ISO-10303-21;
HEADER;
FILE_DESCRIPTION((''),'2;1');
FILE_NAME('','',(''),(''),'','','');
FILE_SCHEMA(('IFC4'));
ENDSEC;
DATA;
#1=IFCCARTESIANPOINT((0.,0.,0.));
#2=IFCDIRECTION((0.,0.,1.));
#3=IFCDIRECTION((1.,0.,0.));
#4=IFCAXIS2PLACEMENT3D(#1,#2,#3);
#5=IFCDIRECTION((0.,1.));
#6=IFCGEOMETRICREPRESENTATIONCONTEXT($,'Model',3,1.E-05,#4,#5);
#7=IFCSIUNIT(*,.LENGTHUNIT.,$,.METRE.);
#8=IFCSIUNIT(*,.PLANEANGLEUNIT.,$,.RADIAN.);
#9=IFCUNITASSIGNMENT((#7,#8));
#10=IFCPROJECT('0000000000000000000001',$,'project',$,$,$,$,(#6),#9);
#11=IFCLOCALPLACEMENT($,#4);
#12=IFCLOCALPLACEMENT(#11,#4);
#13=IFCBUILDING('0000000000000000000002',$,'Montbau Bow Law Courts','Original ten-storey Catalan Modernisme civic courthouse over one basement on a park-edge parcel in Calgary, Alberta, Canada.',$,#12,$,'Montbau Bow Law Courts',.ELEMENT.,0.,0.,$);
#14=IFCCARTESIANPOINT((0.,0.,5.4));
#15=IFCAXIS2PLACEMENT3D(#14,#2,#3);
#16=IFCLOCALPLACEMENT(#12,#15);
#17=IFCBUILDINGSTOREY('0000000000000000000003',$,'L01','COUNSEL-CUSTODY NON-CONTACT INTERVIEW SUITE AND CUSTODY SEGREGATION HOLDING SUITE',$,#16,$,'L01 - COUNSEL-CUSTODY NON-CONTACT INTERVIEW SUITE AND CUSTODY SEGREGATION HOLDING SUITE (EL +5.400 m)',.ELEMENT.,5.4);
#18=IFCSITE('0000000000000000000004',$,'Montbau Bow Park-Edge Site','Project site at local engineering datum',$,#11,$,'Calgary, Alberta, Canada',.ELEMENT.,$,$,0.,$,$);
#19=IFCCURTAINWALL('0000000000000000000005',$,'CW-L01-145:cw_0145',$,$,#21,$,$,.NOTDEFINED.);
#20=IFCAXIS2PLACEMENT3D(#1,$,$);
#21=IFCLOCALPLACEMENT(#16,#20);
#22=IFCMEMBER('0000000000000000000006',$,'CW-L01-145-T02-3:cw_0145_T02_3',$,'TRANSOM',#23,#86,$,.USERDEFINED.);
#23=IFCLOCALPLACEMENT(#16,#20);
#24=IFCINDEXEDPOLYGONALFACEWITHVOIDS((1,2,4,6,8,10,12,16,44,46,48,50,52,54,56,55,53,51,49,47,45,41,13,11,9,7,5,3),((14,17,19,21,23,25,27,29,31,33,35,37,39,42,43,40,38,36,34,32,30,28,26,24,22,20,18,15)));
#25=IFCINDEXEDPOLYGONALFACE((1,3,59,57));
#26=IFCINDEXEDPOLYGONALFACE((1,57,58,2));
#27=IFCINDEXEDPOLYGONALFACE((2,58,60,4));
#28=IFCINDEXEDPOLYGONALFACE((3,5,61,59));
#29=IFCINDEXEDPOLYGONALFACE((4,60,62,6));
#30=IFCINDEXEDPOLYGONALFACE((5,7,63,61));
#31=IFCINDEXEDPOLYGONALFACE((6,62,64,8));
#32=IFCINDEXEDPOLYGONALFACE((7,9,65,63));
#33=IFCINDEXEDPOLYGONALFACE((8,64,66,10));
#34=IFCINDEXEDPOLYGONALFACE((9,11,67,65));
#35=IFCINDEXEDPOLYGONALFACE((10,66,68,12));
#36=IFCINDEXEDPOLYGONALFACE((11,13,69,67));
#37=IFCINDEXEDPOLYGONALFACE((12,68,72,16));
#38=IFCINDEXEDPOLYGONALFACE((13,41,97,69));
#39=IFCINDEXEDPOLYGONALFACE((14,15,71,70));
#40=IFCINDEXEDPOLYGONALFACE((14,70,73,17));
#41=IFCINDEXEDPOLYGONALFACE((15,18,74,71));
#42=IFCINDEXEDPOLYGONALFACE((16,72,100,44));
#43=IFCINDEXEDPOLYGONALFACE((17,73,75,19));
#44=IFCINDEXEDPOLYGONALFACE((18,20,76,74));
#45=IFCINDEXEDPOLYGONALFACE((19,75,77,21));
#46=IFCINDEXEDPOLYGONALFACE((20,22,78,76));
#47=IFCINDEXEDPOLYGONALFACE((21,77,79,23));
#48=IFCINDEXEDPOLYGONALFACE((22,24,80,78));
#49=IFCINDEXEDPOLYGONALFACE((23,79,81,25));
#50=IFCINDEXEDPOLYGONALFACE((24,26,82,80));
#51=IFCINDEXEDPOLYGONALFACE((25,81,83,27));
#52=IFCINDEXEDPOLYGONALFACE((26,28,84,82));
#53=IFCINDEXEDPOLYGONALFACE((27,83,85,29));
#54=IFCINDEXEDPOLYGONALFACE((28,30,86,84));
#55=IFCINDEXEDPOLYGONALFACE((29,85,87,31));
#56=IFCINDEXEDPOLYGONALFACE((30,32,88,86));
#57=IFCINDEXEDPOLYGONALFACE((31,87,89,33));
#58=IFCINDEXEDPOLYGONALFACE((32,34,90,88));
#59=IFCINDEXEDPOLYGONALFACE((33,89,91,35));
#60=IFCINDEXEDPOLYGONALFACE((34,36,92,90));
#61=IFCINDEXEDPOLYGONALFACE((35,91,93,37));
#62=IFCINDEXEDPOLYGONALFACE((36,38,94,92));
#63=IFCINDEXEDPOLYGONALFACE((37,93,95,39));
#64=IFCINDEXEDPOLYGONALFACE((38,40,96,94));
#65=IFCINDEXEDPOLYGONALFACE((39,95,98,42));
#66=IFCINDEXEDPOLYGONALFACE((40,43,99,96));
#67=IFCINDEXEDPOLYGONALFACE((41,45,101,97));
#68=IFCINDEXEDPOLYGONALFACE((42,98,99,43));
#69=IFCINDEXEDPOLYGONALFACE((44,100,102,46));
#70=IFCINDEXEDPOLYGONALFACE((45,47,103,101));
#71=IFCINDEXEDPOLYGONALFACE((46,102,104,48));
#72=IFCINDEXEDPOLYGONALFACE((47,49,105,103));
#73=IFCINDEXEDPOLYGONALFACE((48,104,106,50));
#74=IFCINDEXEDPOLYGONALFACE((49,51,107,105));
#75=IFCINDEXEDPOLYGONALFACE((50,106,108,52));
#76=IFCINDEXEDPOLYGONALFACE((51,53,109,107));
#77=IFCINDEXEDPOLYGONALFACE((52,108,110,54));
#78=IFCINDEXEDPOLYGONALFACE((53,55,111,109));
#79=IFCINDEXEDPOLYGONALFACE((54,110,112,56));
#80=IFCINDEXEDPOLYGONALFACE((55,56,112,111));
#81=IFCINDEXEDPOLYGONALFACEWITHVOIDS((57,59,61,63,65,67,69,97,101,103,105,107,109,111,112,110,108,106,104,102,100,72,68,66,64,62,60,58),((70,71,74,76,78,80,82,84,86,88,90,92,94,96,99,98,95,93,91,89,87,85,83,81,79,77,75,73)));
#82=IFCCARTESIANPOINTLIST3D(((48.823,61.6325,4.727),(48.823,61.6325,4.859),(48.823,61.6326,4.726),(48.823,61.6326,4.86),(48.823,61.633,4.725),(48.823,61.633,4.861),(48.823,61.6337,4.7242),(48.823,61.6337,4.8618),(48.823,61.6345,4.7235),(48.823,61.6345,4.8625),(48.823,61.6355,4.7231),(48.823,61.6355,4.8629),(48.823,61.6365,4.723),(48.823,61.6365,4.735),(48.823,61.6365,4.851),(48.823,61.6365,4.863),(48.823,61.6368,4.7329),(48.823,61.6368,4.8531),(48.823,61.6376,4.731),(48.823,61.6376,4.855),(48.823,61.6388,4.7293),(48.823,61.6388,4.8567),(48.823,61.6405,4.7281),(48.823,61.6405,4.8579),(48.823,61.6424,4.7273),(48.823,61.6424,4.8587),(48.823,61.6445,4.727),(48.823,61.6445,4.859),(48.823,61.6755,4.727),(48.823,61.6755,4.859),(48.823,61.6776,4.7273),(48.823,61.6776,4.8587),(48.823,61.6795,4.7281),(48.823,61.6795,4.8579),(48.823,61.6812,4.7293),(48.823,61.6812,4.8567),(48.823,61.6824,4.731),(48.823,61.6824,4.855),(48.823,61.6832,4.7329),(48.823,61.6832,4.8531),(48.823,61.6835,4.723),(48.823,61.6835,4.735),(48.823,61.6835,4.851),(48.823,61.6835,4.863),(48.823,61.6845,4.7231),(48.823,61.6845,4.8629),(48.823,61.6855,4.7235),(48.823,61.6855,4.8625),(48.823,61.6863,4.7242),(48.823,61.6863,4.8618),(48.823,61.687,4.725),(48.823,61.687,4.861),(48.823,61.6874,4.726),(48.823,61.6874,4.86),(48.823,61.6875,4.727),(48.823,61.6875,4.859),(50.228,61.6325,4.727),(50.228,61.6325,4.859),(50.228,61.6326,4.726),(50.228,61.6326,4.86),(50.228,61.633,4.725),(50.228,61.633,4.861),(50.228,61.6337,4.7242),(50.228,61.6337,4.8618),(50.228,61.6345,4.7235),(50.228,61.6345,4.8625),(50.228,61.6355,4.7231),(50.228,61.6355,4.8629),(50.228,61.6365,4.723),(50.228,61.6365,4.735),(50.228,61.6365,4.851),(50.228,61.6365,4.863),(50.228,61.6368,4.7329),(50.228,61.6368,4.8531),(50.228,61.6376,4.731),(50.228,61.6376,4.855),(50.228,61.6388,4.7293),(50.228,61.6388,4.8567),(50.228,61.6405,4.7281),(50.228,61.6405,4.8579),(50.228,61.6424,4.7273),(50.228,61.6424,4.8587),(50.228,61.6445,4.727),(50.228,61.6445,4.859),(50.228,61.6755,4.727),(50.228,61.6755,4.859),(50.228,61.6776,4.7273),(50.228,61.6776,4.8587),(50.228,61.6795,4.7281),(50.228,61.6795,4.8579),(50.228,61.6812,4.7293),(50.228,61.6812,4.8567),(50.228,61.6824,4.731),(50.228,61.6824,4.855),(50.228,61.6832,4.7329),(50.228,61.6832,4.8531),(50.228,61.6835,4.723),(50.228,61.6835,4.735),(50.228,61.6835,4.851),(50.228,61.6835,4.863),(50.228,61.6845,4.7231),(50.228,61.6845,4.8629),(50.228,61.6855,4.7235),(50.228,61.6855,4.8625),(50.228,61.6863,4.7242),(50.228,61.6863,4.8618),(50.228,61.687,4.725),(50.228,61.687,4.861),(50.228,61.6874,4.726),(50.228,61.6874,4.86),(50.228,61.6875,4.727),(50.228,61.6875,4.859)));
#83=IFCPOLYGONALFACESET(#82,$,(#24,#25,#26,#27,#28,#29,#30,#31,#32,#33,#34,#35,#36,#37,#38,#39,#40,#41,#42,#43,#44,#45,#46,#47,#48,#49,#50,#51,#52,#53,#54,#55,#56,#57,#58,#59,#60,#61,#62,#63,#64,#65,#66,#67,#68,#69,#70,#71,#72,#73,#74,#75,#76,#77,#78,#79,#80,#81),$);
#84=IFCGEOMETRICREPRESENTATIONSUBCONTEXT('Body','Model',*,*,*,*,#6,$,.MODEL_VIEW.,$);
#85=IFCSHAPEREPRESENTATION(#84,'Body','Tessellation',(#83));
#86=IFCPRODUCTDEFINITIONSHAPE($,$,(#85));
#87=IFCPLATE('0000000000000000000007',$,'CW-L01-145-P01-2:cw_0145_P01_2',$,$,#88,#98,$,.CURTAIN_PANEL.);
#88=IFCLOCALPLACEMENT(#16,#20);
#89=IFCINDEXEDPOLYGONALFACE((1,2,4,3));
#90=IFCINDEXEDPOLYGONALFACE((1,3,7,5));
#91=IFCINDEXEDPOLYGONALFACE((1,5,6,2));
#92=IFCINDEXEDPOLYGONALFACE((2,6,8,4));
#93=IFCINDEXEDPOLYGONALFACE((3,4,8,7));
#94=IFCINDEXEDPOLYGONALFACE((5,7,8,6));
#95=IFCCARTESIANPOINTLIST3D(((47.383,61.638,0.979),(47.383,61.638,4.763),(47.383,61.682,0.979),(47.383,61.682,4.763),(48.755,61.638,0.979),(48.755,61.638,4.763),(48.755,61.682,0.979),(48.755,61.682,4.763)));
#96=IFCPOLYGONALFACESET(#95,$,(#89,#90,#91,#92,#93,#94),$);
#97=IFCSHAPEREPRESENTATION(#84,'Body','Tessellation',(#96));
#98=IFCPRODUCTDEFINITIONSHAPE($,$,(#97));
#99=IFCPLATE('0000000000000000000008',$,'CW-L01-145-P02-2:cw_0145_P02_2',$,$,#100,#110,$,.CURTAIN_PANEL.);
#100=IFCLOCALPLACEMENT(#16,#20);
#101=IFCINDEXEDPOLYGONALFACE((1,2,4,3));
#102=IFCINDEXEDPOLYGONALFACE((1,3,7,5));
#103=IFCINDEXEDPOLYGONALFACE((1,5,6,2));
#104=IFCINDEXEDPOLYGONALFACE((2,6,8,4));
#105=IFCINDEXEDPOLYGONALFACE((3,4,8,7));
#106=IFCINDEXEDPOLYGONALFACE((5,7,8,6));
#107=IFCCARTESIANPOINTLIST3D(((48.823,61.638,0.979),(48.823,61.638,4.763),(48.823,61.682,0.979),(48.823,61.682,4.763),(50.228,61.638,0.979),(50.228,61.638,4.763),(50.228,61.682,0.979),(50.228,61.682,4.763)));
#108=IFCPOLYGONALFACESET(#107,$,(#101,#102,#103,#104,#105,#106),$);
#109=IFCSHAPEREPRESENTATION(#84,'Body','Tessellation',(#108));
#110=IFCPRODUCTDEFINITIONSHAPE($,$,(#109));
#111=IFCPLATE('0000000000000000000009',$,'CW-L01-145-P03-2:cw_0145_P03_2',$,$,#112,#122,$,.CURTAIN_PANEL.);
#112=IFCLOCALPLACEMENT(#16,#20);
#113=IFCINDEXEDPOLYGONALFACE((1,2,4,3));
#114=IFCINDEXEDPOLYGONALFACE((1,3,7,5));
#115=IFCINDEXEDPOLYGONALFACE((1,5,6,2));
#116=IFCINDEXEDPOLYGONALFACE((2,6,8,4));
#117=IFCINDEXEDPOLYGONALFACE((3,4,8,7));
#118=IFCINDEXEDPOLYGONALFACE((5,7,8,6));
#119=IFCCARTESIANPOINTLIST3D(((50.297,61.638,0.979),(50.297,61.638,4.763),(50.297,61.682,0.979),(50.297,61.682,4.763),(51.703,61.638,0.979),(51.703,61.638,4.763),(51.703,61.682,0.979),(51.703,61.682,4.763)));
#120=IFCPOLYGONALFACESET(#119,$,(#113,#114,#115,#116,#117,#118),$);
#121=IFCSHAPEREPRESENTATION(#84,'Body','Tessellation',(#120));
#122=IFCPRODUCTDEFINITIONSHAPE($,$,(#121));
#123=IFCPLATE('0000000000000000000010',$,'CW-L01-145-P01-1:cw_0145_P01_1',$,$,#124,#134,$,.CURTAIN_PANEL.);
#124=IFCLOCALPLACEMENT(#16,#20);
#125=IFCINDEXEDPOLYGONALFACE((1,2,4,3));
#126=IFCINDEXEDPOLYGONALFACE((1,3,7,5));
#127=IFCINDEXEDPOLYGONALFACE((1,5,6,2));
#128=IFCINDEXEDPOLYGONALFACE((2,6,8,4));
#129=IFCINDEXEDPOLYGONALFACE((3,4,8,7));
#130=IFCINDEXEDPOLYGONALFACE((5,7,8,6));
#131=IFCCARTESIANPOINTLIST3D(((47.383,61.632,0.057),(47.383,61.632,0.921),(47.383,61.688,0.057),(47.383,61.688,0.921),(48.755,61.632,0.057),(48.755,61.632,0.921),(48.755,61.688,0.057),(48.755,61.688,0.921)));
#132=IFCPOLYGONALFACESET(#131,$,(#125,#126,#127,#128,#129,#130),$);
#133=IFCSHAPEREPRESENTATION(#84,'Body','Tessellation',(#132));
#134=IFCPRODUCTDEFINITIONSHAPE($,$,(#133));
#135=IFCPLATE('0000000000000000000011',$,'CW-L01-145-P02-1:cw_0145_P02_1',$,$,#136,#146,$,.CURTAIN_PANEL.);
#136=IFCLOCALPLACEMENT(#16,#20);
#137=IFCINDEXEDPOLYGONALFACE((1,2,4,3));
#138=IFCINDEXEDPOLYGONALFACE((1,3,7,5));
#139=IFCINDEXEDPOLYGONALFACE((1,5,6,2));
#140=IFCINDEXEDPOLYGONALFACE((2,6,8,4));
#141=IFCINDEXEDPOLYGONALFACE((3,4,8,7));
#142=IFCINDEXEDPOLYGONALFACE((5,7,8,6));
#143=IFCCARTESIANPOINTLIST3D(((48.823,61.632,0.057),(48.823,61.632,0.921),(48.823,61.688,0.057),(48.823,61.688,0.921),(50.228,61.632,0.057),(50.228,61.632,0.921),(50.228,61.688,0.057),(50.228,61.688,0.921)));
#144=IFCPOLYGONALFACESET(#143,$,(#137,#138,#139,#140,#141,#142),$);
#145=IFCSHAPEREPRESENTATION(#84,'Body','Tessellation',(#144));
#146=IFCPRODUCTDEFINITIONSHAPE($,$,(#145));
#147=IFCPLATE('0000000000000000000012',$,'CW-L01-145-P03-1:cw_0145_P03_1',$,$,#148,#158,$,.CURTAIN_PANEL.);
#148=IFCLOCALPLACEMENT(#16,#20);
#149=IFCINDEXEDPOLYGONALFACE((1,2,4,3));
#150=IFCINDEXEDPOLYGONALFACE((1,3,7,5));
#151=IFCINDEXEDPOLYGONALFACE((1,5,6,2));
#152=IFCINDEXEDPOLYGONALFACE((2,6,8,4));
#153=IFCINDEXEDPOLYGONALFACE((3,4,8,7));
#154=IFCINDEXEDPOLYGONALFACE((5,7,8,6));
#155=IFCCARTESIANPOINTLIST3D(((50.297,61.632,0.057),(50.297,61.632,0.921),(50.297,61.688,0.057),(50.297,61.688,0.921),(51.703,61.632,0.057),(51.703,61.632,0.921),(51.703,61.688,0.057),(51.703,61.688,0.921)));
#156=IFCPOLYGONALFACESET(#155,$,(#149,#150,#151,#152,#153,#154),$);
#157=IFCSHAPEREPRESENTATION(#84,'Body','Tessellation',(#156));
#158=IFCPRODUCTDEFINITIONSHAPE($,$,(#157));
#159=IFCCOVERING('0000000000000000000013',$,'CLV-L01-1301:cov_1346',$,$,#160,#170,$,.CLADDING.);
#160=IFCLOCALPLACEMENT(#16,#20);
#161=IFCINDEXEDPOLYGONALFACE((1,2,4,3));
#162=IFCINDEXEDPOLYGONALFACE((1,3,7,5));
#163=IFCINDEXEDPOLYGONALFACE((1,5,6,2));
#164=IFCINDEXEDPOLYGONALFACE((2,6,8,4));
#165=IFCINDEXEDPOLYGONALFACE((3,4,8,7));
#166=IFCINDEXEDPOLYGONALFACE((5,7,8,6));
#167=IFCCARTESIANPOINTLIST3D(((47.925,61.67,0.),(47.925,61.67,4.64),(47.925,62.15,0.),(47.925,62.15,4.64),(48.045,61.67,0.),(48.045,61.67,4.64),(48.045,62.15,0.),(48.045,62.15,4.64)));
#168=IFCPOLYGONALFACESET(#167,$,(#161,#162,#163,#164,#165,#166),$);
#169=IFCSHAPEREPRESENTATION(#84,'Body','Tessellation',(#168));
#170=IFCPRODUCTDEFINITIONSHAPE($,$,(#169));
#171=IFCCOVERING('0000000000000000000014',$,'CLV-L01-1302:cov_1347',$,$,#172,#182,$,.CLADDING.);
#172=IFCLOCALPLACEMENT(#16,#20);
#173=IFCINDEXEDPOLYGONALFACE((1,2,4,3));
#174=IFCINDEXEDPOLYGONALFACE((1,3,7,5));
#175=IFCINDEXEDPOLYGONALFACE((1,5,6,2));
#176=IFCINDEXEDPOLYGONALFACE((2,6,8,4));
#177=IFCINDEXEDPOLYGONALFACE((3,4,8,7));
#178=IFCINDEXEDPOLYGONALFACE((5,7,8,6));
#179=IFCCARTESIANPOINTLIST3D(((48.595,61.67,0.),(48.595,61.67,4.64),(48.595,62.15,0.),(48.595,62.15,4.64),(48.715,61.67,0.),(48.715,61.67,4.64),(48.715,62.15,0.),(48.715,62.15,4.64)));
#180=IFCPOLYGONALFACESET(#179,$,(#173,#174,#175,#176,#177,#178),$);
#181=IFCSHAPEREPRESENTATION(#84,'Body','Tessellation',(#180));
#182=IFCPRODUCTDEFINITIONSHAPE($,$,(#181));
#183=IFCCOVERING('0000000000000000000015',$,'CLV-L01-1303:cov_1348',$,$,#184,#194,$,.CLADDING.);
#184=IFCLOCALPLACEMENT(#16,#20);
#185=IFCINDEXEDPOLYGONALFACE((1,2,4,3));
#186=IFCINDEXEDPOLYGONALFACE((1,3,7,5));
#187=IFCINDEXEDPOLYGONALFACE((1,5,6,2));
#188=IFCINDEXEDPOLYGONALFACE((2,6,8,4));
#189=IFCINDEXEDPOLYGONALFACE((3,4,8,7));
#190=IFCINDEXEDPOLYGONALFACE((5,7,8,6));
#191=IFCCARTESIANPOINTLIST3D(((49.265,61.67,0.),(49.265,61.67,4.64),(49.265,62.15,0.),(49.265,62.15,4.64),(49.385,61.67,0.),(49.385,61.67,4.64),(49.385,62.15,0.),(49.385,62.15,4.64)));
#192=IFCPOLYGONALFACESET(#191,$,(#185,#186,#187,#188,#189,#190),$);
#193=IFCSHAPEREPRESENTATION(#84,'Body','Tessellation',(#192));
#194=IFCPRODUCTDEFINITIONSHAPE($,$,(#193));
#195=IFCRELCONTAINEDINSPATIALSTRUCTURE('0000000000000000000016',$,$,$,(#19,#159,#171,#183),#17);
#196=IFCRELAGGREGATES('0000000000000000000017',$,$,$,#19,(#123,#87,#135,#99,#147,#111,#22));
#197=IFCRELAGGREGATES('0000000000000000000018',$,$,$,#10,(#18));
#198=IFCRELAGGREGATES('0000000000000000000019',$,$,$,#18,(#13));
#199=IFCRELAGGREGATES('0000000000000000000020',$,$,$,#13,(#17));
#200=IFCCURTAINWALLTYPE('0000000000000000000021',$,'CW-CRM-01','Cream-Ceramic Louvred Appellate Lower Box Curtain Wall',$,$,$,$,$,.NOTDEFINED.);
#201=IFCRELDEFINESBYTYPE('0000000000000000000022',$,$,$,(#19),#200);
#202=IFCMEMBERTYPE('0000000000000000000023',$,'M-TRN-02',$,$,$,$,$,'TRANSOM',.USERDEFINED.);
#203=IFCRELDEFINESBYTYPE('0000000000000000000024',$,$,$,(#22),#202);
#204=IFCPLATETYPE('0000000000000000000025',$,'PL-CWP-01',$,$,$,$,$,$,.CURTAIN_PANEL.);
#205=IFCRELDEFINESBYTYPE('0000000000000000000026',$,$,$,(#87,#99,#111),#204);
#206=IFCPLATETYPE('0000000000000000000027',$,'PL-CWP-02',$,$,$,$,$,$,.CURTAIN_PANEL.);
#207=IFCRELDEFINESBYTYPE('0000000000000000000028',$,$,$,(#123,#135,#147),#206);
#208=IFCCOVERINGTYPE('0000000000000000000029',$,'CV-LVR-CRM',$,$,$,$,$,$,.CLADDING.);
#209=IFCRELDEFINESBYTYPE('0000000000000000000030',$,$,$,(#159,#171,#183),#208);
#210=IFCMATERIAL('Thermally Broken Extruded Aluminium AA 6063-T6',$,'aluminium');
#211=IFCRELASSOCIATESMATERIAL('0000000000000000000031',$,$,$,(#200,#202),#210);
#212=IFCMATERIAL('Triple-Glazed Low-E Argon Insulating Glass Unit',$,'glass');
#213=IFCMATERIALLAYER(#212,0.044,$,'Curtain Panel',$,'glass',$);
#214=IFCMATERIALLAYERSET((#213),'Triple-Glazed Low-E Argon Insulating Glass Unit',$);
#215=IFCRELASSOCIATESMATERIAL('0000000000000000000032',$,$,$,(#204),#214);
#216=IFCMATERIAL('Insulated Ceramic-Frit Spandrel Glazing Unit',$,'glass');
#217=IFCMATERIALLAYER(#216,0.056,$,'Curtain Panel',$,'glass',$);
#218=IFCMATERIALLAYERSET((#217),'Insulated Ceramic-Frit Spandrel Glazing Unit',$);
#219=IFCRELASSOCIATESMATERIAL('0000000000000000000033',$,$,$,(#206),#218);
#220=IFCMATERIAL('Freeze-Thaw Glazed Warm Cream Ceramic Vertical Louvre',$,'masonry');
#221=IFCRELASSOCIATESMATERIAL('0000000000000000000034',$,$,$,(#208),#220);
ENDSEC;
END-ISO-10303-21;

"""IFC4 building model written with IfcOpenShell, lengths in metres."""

from ifc_helpers import new_model, si_unit, direction, frame, frame_2d, origin_with_axes, origin_2d_with_axis, place, context, subcontext, project, spatial, rectangle, hollow_rectangle, extrude, material, layer, layer_set, material_profile, profile_set, type_object, element, aggregate, save


model = new_model("IFC4")

# Units and contexts
model_context = context("Model", 3, precision=1e-05, world=origin_with_axes(), true_north=direction((0.0, 1.0)))
body_context = subcontext(model_context, "Body", "Model", "MODEL_VIEW")
ifc_project = project(units=[si_unit("LENGTHUNIT", "METRE"), si_unit("PLANEANGLEUNIT", "RADIAN")], contexts=[model_context])

# Site, building, storey
site_placement = place(None, origin_with_axes())
site = spatial("IfcSite", under=ifc_project, at=site_placement, Name="Montbau Bow Park-Edge Site", Description="Project site at local engineering datum", LongName="Calgary, Alberta, Canada", CompositionType="ELEMENT", RefElevation=0.0)
building_placement = place(site_placement, origin_with_axes())
building = spatial("IfcBuilding", under=site, at=building_placement, Name="Montbau Bow Law Courts", Description="Original ten-storey Catalan Modernisme civic courthouse over one basement on a park-edge parcel in Calgary, Alberta, Canada.", LongName="Montbau Bow Law Courts", CompositionType="ELEMENT", ElevationOfRefHeight=0.0, ElevationOfTerrain=0.0)
storey_placement = place(building_placement, frame((0.0, 0.0, 5.4), z_axis=(0.0, 0.0, 1.0), x_axis=(1.0, 0.0, 0.0)))
storey = spatial("IfcBuildingStorey", under=building, at=storey_placement, Name="L01", Description="COUNSEL-CUSTODY NON-CONTACT INTERVIEW SUITE AND CUSTODY SEGREGATION HOLDING SUITE", LongName="L01 - COUNSEL-CUSTODY NON-CONTACT INTERVIEW SUITE AND CUSTODY SEGREGATION HOLDING SUITE (EL +5.400 m)", CompositionType="ELEMENT", Elevation=5.4)

# Shared definitions
ifc_material_1 = material(Name="Thermally Broken Extruded Aluminium AA 6063-T6", Category="aluminium")
curtain_wall_type = type_object("IfcCurtainWallType", Name="CW-CRM-01", Description="Cream-Ceramic Louvred Appellate Lower Box Curtain Wall", PredefinedType="NOTDEFINED", material=ifc_material_1)

# Curtain wall, member, plates
curtain_wall_1_placement = place(None, frame((47.315, 61.66, 5.4), z_axis=(0.0, 0.0, 1.0), x_axis=(1.0, 0.0, 0.0)))
curtain_wall_1 = element("IfcCurtainWall", 1, at=curtain_wall_1_placement, inside=storey, type_object=curtain_wall_type, Name="CW-L01-145:cw_0145", PredefinedType="NOTDEFINED")
ifc_material_profile_1 = material_profile(ifc_material_1, hollow_rectangle(XDim=0.055, YDim=0.14, WallThickness=0.004, InnerFilletRadius=0.008, OuterFilletRadius=0.004, at=origin_2d_with_axis()), Name="CWT-140X55", Category="Main", Priority=0)
ifc_profile_set_1 = profile_set([ifc_material_profile_1], Name="Thermally Broken Extruded Aluminium AA 6063-T6")
member_type_1 = type_object("IfcMemberType", Name="M-TRN-02", ElementType="TRANSOM", PredefinedType="USERDEFINED", material=ifc_profile_set_1)
member_1_placement = place(None, frame((48.823, 61.66, 10.193), z_axis=(1.0, 0.0, 0.0), x_axis=(0.0, 1.0, 0.0)))
member_1 = element("IfcMember", 2, at=member_1_placement, type_object=member_type_1, Name="CW-L01-145-T02-3:cw_0145_T02_3", ObjectType="TRANSOM", PredefinedType="USERDEFINED", context=body_context, shape_type="SweptSolid", body=[
    extrude(hollow_rectangle(XDim=0.055, YDim=0.14, WallThickness=0.004, InnerFilletRadius=0.008, OuterFilletRadius=0.004, at=origin_2d_with_axis()), origin_with_axes(), (0.0, 0.0, 1.0), 1.405),
])
ifc_material_2 = material(Name="Triple-Glazed Low-E Argon Insulating Glass Unit", Category="glass")
ifc_layer_1 = layer(ifc_material_2, 0.044, Name="Curtain Panel", Category="glass")
ifc_layer_set_1 = layer_set([ifc_layer_1], Name="Triple-Glazed Low-E Argon Insulating Glass Unit")
plate_type_1 = type_object("IfcPlateType", Name="PL-CWP-01", PredefinedType="CURTAIN_PANEL", material=ifc_layer_set_1)
plate_1_placement = place(None, frame((47.383, 61.66, 6.379), z_axis=(0.0, -1.0, 0.0), x_axis=(1.0, 0.0, 0.0)))
plate_1 = element("IfcPlate", 3, at=plate_1_placement, type_object=plate_type_1, Name="CW-L01-145-P01-2:cw_0145_P01_2", PredefinedType="CURTAIN_PANEL", context=body_context, shape_type="SweptSolid", body=[
    extrude(rectangle(XDim=1.372, YDim=3.784, at=frame_2d((0.686, 1.892), x_axis=(1.0, 0.0))), frame((0.0, 0.0, -0.022), z_axis=(0.0, 0.0, 1.0), x_axis=(1.0, 0.0, 0.0)), (0.0, 0.0, 1.0), 0.044),
])
plate_2_placement = place(None, frame((48.823, 61.66, 6.379), z_axis=(0.0, -1.0, 0.0), x_axis=(1.0, 0.0, 0.0)))
plate_2 = element("IfcPlate", 4, at=plate_2_placement, type_object=plate_type_1, Name="CW-L01-145-P02-2:cw_0145_P02_2", PredefinedType="CURTAIN_PANEL", context=body_context, shape_type="SweptSolid", body=[
    extrude(rectangle(XDim=1.405, YDim=3.784, at=frame_2d((0.7025, 1.892), x_axis=(1.0, 0.0))), frame((0.0, 0.0, -0.022), z_axis=(0.0, 0.0, 1.0), x_axis=(1.0, 0.0, 0.0)), (0.0, 0.0, 1.0), 0.044),
])
plate_3_placement = place(None, frame((50.297, 61.66, 6.379), z_axis=(0.0, -1.0, 0.0), x_axis=(1.0, 0.0, 0.0)))
plate_3 = element("IfcPlate", 5, at=plate_3_placement, type_object=plate_type_1, Name="CW-L01-145-P03-2:cw_0145_P03_2", PredefinedType="CURTAIN_PANEL", context=body_context, shape_type="SweptSolid", body=[
    extrude(rectangle(XDim=1.406, YDim=3.784, at=frame_2d((0.703, 1.892), x_axis=(1.0, 0.0))), frame((0.0, 0.0, -0.022), z_axis=(0.0, 0.0, 1.0), x_axis=(1.0, 0.0, 0.0)), (0.0, 0.0, 1.0), 0.044),
])
ifc_material_3 = material(Name="Insulated Ceramic-Frit Spandrel Glazing Unit", Category="glass")
ifc_layer_2 = layer(ifc_material_3, 0.056, Name="Curtain Panel", Category="glass")
ifc_layer_set_2 = layer_set([ifc_layer_2], Name="Insulated Ceramic-Frit Spandrel Glazing Unit")
plate_type_2 = type_object("IfcPlateType", Name="PL-CWP-02", PredefinedType="CURTAIN_PANEL", material=ifc_layer_set_2)
plate_4_placement = place(None, frame((47.383, 61.66, 5.457), z_axis=(0.0, -1.0, 0.0), x_axis=(1.0, 0.0, 0.0)))
plate_4 = element("IfcPlate", 6, at=plate_4_placement, type_object=plate_type_2, Name="CW-L01-145-P01-1:cw_0145_P01_1", PredefinedType="CURTAIN_PANEL", context=body_context, shape_type="SweptSolid", body=[
    extrude(rectangle(XDim=1.372, YDim=0.864, at=frame_2d((0.686, 0.432), x_axis=(1.0, 0.0))), frame((0.0, 0.0, -0.028), z_axis=(0.0, 0.0, 1.0), x_axis=(1.0, 0.0, 0.0)), (0.0, 0.0, 1.0), 0.056),
])
plate_5_placement = place(None, frame((48.823, 61.66, 5.457), z_axis=(0.0, -1.0, 0.0), x_axis=(1.0, 0.0, 0.0)))
plate_5 = element("IfcPlate", 7, at=plate_5_placement, type_object=plate_type_2, Name="CW-L01-145-P02-1:cw_0145_P02_1", PredefinedType="CURTAIN_PANEL", context=body_context, shape_type="SweptSolid", body=[
    extrude(rectangle(XDim=1.405, YDim=0.864, at=frame_2d((0.7025, 0.432), x_axis=(1.0, 0.0))), frame((0.0, 0.0, -0.028), z_axis=(0.0, 0.0, 1.0), x_axis=(1.0, 0.0, 0.0)), (0.0, 0.0, 1.0), 0.056),
])
plate_6_placement = place(None, frame((50.297, 61.66, 5.457), z_axis=(0.0, -1.0, 0.0), x_axis=(1.0, 0.0, 0.0)))
plate_6 = element("IfcPlate", 8, at=plate_6_placement, type_object=plate_type_2, Name="CW-L01-145-P03-1:cw_0145_P03_1", PredefinedType="CURTAIN_PANEL", context=body_context, shape_type="SweptSolid", body=[
    extrude(rectangle(XDim=1.406, YDim=0.864, at=frame_2d((0.703, 0.432), x_axis=(1.0, 0.0))), frame((0.0, 0.0, -0.028), z_axis=(0.0, 0.0, 1.0), x_axis=(1.0, 0.0, 0.0)), (0.0, 0.0, 1.0), 0.056),
])
aggregate(curtain_wall_1, [plate_4, plate_1, plate_5, plate_2, plate_6, plate_3, member_1])

# Coverings
ifc_material_4 = material(Name="Freeze-Thaw Glazed Warm Cream Ceramic Vertical Louvre", Category="masonry")
covering_type = type_object("IfcCoveringType", Name="CV-LVR-CRM", PredefinedType="CLADDING", material=ifc_material_4)
for number, where, z_axis, x_axis, name in (
    (9, (47.985, 61.67, 5.4), (1.0, 0.0, 0.0), (0.0, 1.0, 0.0), "CLV-L01-1301:cov_1346"),
    (10, (48.655, 61.67, 5.4), (1.0, 0.0, 0.0), (0.0, 1.0, 0.0), "CLV-L01-1302:cov_1347"),
    (11, (49.325, 61.67, 5.4), (1.0, 0.0, 0.0), (0.0, 1.0, 0.0), "CLV-L01-1303:cov_1348"),
):
    element("IfcCovering", number, at=place(None, frame(where, z_axis=z_axis, x_axis=x_axis)), inside=storey, type_object=covering_type, Name=name, PredefinedType="CLADDING", context=body_context, shape_type="SweptSolid", body=[
        extrude(rectangle(XDim=0.48, YDim=4.64, at=frame_2d((0.24, 2.32), x_axis=(1.0, 0.0))), frame((0.0, 0.0, -0.06), z_axis=(0.0, 0.0, 1.0), x_axis=(1.0, 0.0, 0.0)), (0.0, 0.0, 1.0), 0.12),
    ])

save(model, "model.ifc")
